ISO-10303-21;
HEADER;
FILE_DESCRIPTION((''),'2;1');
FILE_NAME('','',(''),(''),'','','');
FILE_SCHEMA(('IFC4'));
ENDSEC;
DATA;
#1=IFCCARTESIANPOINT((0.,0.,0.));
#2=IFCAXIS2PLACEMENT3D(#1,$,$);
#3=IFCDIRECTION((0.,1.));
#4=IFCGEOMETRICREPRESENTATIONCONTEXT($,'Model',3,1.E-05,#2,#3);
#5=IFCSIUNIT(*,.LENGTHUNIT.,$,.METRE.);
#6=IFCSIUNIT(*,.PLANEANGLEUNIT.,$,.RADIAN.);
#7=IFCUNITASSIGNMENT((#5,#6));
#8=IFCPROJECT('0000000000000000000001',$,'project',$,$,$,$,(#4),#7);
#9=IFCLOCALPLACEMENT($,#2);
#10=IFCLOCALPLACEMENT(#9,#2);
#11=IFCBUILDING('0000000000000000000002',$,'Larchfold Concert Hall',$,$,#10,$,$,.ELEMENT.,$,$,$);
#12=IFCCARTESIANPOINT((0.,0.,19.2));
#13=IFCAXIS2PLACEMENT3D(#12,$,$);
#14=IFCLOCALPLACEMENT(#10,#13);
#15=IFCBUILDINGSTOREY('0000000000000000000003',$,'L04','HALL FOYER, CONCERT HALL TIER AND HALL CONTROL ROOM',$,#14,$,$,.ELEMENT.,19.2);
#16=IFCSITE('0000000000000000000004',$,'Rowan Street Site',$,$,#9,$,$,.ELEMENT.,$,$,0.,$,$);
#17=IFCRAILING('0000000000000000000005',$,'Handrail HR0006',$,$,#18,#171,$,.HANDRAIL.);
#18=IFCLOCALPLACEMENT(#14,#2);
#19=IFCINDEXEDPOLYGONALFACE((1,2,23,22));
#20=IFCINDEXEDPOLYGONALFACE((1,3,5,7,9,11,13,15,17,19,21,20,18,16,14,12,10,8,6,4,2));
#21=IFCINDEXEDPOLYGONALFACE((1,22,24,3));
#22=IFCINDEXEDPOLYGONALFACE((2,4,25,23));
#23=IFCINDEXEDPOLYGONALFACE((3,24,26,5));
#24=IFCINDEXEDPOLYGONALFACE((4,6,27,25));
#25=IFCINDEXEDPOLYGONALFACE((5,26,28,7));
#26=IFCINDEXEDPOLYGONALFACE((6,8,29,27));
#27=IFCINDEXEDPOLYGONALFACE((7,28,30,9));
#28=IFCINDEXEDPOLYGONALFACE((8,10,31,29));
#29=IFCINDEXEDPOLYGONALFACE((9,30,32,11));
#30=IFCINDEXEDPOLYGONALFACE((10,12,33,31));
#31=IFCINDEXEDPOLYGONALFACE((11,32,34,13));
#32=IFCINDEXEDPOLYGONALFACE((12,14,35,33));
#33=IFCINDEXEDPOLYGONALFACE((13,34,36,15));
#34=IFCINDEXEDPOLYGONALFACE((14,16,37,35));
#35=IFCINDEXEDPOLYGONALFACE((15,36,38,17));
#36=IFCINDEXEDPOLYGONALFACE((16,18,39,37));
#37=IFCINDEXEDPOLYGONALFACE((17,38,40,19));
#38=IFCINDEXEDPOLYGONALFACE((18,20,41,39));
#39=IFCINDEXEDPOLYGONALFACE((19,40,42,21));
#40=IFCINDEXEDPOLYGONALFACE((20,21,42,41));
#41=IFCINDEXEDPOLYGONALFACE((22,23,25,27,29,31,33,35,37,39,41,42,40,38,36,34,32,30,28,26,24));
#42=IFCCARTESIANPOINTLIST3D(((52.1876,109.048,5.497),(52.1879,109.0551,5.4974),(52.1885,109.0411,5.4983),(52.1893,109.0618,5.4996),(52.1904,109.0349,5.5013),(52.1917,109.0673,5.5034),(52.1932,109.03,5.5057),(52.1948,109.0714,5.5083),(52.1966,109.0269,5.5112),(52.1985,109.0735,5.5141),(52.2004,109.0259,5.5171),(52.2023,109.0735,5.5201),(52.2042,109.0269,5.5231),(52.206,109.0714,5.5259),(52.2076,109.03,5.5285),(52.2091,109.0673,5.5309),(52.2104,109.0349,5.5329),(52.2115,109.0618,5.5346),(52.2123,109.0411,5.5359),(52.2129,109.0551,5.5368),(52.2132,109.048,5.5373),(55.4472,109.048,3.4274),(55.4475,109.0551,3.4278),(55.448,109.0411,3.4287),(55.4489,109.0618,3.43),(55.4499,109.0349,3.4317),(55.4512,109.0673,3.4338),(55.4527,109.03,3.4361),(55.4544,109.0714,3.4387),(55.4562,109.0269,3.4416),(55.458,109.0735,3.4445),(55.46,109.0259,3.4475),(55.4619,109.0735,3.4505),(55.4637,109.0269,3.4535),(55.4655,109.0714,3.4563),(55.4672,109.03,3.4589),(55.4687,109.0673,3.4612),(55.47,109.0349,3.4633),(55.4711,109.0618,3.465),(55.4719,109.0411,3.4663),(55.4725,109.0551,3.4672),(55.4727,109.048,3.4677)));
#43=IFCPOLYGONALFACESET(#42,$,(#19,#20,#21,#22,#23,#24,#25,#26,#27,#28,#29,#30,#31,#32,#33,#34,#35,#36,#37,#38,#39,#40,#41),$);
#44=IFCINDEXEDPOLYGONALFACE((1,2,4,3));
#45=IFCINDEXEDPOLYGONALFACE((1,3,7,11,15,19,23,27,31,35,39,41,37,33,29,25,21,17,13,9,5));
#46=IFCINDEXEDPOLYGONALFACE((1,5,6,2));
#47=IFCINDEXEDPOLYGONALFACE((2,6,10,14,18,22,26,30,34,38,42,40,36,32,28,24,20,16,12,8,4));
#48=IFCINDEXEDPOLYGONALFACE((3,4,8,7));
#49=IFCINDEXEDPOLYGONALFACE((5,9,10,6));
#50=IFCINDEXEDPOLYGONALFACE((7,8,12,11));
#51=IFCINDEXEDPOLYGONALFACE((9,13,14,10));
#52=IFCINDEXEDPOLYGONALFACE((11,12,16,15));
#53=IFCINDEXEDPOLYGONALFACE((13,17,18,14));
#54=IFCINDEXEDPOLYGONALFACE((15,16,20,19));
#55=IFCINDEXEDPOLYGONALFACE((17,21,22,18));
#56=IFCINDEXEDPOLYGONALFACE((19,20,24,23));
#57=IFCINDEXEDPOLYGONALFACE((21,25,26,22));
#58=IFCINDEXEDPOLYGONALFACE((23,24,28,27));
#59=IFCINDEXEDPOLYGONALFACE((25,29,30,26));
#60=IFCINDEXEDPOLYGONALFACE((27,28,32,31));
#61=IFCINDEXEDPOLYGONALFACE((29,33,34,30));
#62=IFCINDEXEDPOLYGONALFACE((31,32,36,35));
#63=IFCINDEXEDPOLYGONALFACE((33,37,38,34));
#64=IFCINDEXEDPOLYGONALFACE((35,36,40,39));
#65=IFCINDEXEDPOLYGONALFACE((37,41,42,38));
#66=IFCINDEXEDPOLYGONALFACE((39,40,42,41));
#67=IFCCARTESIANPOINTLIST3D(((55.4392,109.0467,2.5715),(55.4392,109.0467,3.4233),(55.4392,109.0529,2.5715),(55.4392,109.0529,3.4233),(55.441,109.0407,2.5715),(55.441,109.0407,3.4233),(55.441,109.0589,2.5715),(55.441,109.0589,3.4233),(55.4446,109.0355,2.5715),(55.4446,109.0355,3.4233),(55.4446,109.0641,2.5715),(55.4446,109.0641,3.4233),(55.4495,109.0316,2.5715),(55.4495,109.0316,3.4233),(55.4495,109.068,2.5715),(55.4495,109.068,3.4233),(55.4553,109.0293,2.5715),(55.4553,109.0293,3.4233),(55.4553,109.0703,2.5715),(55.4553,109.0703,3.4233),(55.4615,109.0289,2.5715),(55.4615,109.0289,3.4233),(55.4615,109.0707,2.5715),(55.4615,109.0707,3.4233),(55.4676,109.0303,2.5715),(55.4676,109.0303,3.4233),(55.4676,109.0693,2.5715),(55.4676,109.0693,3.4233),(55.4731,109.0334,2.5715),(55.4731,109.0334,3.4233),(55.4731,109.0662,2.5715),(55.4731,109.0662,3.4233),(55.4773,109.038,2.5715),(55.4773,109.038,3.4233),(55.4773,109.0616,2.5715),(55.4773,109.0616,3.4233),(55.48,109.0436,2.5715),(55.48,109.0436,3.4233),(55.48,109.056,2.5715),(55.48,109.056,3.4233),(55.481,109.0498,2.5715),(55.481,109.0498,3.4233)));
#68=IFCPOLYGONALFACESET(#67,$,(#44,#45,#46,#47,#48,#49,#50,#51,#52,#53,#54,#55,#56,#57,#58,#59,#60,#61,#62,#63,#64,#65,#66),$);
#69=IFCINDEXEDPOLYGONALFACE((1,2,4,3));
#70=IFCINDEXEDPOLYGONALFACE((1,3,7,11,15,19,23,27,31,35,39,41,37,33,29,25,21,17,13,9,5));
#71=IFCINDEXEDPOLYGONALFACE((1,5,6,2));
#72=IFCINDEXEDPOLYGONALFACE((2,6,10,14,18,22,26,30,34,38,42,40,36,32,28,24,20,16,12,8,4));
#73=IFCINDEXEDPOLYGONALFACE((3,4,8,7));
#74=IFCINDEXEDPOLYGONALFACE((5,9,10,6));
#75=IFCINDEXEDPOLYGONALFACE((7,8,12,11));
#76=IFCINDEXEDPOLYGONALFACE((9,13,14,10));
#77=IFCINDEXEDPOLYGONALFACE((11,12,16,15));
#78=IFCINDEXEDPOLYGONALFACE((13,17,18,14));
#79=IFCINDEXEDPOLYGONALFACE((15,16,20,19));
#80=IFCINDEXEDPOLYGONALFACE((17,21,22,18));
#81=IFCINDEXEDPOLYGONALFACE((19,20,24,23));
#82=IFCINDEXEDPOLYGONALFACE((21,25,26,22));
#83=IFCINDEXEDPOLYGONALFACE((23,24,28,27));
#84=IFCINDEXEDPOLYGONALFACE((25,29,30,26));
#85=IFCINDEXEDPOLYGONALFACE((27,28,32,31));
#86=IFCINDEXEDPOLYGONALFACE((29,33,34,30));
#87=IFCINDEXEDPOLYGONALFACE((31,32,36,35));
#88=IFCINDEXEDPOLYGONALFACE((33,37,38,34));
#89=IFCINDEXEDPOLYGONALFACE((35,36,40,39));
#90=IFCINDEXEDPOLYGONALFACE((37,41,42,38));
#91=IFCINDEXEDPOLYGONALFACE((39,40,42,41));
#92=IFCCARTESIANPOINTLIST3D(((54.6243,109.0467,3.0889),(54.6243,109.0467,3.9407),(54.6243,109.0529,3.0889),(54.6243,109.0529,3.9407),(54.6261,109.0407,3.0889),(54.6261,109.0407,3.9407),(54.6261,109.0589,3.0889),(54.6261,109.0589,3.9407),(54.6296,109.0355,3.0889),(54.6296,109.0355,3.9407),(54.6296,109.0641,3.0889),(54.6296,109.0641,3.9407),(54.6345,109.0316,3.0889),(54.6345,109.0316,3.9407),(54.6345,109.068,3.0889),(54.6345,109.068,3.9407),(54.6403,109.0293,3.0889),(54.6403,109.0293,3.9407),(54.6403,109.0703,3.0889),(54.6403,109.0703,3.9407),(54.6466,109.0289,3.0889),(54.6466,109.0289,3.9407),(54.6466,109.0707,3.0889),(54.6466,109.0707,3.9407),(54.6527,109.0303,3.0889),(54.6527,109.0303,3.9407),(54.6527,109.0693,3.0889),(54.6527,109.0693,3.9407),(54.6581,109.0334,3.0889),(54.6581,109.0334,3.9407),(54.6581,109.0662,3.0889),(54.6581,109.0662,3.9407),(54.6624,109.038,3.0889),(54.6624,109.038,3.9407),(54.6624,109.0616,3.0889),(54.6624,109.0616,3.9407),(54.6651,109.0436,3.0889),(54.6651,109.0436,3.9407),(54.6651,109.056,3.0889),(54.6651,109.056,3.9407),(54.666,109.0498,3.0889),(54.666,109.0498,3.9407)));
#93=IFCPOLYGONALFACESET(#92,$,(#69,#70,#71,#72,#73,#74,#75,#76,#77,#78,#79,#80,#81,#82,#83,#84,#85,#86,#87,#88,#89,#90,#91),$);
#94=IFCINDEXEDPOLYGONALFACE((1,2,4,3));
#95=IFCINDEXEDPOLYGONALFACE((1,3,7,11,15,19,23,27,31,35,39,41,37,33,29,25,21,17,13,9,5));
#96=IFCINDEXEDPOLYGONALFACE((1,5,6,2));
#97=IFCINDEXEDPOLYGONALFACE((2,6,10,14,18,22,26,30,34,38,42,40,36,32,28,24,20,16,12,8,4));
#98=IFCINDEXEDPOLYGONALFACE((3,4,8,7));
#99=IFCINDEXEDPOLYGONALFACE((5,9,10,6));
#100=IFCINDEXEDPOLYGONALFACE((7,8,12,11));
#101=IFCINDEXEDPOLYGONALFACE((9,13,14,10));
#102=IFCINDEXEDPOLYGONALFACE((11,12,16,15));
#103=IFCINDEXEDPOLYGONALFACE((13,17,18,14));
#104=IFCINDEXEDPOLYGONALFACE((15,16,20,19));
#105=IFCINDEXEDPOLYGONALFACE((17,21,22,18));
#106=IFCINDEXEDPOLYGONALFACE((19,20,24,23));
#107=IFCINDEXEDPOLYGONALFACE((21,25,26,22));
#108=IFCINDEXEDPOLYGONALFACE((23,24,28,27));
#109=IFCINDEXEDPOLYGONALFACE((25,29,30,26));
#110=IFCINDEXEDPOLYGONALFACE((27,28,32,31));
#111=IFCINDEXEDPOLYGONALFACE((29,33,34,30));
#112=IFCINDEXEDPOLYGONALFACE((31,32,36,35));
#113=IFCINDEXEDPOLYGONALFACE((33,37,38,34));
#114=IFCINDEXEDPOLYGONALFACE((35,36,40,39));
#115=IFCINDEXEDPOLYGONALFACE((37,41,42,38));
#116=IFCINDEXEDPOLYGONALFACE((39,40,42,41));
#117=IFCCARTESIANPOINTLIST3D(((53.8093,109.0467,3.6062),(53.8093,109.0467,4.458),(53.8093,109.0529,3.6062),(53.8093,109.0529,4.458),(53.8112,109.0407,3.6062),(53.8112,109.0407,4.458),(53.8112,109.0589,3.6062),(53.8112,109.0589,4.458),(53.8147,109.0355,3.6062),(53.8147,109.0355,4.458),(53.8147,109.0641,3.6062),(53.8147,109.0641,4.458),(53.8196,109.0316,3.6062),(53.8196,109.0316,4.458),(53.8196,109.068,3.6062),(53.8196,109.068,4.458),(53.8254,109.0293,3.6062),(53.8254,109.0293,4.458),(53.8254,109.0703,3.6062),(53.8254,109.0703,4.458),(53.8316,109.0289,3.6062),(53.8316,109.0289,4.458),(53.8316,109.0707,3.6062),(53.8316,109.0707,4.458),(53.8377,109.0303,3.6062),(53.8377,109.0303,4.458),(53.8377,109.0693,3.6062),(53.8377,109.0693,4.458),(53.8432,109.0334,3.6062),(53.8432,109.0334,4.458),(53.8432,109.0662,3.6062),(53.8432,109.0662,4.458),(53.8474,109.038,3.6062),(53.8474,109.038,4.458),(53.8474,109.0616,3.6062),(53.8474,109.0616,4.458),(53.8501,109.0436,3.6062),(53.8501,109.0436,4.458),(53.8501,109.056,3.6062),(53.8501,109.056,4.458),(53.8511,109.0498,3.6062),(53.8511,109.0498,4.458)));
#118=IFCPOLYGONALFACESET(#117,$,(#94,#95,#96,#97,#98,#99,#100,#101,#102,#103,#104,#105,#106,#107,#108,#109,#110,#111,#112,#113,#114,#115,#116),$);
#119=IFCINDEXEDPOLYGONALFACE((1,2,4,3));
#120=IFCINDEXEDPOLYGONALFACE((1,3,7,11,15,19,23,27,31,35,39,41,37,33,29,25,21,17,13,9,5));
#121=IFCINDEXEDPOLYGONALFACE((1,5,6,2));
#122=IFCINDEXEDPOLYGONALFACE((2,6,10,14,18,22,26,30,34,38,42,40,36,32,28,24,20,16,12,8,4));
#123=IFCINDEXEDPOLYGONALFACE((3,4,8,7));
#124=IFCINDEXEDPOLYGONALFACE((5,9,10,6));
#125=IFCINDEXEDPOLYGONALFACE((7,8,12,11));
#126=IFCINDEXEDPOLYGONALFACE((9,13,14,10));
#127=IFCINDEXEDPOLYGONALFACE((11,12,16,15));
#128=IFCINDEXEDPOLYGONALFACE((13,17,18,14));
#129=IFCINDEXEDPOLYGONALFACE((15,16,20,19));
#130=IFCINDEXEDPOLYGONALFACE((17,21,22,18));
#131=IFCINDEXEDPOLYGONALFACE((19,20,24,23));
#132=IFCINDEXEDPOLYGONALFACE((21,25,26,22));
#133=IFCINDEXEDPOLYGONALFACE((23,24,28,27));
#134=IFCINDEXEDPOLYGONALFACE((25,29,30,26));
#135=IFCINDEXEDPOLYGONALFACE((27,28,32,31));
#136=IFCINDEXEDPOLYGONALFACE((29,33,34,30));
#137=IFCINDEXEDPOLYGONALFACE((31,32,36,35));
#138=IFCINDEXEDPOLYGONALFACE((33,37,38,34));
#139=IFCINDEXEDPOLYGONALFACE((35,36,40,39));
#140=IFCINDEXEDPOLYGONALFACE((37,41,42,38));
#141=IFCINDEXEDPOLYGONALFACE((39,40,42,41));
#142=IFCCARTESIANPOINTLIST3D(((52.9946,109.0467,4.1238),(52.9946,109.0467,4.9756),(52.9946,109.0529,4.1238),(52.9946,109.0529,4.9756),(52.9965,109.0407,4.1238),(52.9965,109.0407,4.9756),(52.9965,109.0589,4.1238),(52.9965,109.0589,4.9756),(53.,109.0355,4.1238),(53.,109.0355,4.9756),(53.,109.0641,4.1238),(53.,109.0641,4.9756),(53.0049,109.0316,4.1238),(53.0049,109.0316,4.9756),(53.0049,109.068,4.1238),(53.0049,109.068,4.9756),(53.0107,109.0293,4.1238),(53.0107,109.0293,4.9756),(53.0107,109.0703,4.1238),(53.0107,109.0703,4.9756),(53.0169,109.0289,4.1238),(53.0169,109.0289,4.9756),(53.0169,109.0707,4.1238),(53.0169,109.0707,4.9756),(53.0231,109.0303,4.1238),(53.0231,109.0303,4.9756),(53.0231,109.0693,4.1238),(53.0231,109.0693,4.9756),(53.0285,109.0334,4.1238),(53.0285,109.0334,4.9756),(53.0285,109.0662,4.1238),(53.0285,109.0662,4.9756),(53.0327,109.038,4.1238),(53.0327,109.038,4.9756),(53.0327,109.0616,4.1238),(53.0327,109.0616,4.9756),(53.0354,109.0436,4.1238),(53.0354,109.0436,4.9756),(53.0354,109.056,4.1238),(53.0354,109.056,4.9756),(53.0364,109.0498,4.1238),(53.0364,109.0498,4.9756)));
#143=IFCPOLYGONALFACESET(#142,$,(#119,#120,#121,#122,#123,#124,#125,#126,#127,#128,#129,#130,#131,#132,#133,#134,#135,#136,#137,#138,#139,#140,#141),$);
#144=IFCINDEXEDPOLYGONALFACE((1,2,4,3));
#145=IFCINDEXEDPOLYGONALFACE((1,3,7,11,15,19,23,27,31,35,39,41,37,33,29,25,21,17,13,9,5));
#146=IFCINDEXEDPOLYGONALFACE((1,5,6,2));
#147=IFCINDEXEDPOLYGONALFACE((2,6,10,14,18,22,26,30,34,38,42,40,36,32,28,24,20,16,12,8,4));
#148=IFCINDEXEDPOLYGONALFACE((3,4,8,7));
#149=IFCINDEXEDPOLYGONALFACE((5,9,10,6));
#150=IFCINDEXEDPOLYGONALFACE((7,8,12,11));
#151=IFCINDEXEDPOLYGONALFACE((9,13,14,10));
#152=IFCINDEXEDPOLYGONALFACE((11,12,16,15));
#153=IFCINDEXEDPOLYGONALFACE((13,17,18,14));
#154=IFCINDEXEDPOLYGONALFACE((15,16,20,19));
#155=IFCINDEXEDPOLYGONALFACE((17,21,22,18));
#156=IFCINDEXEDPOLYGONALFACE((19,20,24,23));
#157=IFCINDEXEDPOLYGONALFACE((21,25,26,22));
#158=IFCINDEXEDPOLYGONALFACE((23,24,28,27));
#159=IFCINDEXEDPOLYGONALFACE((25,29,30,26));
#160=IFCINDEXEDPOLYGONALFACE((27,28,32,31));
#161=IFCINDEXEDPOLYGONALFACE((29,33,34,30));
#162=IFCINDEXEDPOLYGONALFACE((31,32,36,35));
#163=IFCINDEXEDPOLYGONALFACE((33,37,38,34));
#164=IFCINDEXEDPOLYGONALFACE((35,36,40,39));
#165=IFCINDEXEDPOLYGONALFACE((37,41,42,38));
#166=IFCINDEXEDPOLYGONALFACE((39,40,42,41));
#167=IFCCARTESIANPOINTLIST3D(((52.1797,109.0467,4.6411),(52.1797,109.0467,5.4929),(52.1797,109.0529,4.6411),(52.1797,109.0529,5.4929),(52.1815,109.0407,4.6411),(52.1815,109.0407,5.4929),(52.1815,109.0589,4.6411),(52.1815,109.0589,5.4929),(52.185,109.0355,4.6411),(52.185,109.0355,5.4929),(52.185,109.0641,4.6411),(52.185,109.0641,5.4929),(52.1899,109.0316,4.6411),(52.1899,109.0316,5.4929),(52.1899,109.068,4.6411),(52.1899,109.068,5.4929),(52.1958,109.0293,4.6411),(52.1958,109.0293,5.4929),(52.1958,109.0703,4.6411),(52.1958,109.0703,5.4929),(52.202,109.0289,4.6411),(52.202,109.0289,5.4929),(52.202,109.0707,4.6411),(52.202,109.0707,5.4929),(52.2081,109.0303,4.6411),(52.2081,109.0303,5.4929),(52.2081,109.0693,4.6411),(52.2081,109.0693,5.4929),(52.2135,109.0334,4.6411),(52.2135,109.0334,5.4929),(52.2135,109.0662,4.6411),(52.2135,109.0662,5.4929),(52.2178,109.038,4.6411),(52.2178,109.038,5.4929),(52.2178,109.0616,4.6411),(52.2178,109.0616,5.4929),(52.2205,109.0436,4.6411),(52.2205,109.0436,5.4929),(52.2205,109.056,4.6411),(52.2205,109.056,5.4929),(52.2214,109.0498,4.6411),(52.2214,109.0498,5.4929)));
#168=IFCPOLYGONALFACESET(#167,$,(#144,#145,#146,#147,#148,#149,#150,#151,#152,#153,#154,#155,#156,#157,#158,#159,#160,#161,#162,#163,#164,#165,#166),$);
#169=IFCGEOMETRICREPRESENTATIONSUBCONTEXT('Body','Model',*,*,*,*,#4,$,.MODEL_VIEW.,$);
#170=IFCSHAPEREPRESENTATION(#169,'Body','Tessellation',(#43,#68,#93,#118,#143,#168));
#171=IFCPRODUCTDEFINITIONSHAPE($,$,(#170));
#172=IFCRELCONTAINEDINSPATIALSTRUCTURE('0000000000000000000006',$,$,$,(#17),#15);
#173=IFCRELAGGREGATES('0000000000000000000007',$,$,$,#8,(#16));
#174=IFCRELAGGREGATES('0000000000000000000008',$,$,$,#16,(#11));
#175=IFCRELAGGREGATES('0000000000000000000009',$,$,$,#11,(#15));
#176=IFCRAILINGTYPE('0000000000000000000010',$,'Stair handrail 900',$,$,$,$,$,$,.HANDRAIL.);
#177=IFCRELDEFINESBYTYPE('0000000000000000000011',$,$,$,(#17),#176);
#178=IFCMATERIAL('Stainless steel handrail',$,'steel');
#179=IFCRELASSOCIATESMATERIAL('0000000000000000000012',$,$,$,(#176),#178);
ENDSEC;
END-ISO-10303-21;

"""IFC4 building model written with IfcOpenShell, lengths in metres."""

from ifc_helpers import new_model, si_unit, direction, frame, origin, origin_2d, place, context, subcontext, project, spatial, circle, extrude, material, type_object, element, save


model = new_model("IFC4")

# Units and contexts
model_context = context("Model", 3, precision=1e-05, world=origin(), true_north=direction((0.0, 1.0)))
body_context = subcontext(model_context, "Body", "Model", "MODEL_VIEW")
ifc_project = project(units=[si_unit("LENGTHUNIT", "METRE"), si_unit("PLANEANGLEUNIT", "RADIAN")], contexts=[model_context])

# Site, building, storey
site_placement = place(None, origin())
site = spatial("IfcSite", under=ifc_project, at=site_placement, Name="Rowan Street Site", CompositionType="ELEMENT", RefElevation=0.0)
building_placement = place(site_placement, origin())
building = spatial("IfcBuilding", under=site, at=building_placement, Name="Larchfold Concert Hall", CompositionType="ELEMENT")
storey_placement = place(building_placement, frame((0.0, 0.0, 19.2)))
storey = spatial("IfcBuildingStorey", under=building, at=storey_placement, Name="L04", Description="HALL FOYER, CONCERT HALL TIER AND HALL CONTROL ROOM", CompositionType="ELEMENT", Elevation=19.2)

# Railing
ifc_material_1 = material(Name="Stainless steel handrail", Category="steel")
railing_type_1 = type_object("IfcRailingType", Name="Stair handrail 900", PredefinedType="HANDRAIL", material=ifc_material_1)
railing_1_placement = place(storey_placement, frame((55.46, 109.0498, 2.5715)))
element("IfcRailing", 1, at=railing_1_placement, inside=storey, type_object=railing_type_1, Name="Handrail HR0006", PredefinedType="HANDRAIL", context=body_context, shape_type="SweptSolid", body=[
    extrude(circle(Radius=0.0239, at=origin_2d()), frame((0.0, 0.0, 0.876), z_axis=(-0.844208, 0.0, 0.536016), x_axis=(0.0, -1.0, 0.0)), (0.0, 0.0, 1.0), 3.8611),
    extrude(circle(Radius=0.021, at=origin_2d()), origin(), (0.0, 0.0, 1.0), 0.8518),
    extrude(circle(Radius=0.021, at=origin_2d()), frame((-0.8149, 0.0, 0.5173)), (0.0, 0.0, 1.0), 0.8518),
    extrude(circle(Radius=0.021, at=origin_2d()), frame((-1.6299, 0.0, 1.0347)), (0.0, 0.0, 1.0), 0.8518),
    extrude(circle(Radius=0.021, at=origin_2d()), frame((-2.4446, 0.0, 1.5522)), (0.0, 0.0, 1.0), 0.8518),
    extrude(circle(Radius=0.021, at=origin_2d()), frame((-3.2595, 0.0, 2.0696)), (0.0, 0.0, 1.0), 0.8518),
])

save(model, "model.ifc")
